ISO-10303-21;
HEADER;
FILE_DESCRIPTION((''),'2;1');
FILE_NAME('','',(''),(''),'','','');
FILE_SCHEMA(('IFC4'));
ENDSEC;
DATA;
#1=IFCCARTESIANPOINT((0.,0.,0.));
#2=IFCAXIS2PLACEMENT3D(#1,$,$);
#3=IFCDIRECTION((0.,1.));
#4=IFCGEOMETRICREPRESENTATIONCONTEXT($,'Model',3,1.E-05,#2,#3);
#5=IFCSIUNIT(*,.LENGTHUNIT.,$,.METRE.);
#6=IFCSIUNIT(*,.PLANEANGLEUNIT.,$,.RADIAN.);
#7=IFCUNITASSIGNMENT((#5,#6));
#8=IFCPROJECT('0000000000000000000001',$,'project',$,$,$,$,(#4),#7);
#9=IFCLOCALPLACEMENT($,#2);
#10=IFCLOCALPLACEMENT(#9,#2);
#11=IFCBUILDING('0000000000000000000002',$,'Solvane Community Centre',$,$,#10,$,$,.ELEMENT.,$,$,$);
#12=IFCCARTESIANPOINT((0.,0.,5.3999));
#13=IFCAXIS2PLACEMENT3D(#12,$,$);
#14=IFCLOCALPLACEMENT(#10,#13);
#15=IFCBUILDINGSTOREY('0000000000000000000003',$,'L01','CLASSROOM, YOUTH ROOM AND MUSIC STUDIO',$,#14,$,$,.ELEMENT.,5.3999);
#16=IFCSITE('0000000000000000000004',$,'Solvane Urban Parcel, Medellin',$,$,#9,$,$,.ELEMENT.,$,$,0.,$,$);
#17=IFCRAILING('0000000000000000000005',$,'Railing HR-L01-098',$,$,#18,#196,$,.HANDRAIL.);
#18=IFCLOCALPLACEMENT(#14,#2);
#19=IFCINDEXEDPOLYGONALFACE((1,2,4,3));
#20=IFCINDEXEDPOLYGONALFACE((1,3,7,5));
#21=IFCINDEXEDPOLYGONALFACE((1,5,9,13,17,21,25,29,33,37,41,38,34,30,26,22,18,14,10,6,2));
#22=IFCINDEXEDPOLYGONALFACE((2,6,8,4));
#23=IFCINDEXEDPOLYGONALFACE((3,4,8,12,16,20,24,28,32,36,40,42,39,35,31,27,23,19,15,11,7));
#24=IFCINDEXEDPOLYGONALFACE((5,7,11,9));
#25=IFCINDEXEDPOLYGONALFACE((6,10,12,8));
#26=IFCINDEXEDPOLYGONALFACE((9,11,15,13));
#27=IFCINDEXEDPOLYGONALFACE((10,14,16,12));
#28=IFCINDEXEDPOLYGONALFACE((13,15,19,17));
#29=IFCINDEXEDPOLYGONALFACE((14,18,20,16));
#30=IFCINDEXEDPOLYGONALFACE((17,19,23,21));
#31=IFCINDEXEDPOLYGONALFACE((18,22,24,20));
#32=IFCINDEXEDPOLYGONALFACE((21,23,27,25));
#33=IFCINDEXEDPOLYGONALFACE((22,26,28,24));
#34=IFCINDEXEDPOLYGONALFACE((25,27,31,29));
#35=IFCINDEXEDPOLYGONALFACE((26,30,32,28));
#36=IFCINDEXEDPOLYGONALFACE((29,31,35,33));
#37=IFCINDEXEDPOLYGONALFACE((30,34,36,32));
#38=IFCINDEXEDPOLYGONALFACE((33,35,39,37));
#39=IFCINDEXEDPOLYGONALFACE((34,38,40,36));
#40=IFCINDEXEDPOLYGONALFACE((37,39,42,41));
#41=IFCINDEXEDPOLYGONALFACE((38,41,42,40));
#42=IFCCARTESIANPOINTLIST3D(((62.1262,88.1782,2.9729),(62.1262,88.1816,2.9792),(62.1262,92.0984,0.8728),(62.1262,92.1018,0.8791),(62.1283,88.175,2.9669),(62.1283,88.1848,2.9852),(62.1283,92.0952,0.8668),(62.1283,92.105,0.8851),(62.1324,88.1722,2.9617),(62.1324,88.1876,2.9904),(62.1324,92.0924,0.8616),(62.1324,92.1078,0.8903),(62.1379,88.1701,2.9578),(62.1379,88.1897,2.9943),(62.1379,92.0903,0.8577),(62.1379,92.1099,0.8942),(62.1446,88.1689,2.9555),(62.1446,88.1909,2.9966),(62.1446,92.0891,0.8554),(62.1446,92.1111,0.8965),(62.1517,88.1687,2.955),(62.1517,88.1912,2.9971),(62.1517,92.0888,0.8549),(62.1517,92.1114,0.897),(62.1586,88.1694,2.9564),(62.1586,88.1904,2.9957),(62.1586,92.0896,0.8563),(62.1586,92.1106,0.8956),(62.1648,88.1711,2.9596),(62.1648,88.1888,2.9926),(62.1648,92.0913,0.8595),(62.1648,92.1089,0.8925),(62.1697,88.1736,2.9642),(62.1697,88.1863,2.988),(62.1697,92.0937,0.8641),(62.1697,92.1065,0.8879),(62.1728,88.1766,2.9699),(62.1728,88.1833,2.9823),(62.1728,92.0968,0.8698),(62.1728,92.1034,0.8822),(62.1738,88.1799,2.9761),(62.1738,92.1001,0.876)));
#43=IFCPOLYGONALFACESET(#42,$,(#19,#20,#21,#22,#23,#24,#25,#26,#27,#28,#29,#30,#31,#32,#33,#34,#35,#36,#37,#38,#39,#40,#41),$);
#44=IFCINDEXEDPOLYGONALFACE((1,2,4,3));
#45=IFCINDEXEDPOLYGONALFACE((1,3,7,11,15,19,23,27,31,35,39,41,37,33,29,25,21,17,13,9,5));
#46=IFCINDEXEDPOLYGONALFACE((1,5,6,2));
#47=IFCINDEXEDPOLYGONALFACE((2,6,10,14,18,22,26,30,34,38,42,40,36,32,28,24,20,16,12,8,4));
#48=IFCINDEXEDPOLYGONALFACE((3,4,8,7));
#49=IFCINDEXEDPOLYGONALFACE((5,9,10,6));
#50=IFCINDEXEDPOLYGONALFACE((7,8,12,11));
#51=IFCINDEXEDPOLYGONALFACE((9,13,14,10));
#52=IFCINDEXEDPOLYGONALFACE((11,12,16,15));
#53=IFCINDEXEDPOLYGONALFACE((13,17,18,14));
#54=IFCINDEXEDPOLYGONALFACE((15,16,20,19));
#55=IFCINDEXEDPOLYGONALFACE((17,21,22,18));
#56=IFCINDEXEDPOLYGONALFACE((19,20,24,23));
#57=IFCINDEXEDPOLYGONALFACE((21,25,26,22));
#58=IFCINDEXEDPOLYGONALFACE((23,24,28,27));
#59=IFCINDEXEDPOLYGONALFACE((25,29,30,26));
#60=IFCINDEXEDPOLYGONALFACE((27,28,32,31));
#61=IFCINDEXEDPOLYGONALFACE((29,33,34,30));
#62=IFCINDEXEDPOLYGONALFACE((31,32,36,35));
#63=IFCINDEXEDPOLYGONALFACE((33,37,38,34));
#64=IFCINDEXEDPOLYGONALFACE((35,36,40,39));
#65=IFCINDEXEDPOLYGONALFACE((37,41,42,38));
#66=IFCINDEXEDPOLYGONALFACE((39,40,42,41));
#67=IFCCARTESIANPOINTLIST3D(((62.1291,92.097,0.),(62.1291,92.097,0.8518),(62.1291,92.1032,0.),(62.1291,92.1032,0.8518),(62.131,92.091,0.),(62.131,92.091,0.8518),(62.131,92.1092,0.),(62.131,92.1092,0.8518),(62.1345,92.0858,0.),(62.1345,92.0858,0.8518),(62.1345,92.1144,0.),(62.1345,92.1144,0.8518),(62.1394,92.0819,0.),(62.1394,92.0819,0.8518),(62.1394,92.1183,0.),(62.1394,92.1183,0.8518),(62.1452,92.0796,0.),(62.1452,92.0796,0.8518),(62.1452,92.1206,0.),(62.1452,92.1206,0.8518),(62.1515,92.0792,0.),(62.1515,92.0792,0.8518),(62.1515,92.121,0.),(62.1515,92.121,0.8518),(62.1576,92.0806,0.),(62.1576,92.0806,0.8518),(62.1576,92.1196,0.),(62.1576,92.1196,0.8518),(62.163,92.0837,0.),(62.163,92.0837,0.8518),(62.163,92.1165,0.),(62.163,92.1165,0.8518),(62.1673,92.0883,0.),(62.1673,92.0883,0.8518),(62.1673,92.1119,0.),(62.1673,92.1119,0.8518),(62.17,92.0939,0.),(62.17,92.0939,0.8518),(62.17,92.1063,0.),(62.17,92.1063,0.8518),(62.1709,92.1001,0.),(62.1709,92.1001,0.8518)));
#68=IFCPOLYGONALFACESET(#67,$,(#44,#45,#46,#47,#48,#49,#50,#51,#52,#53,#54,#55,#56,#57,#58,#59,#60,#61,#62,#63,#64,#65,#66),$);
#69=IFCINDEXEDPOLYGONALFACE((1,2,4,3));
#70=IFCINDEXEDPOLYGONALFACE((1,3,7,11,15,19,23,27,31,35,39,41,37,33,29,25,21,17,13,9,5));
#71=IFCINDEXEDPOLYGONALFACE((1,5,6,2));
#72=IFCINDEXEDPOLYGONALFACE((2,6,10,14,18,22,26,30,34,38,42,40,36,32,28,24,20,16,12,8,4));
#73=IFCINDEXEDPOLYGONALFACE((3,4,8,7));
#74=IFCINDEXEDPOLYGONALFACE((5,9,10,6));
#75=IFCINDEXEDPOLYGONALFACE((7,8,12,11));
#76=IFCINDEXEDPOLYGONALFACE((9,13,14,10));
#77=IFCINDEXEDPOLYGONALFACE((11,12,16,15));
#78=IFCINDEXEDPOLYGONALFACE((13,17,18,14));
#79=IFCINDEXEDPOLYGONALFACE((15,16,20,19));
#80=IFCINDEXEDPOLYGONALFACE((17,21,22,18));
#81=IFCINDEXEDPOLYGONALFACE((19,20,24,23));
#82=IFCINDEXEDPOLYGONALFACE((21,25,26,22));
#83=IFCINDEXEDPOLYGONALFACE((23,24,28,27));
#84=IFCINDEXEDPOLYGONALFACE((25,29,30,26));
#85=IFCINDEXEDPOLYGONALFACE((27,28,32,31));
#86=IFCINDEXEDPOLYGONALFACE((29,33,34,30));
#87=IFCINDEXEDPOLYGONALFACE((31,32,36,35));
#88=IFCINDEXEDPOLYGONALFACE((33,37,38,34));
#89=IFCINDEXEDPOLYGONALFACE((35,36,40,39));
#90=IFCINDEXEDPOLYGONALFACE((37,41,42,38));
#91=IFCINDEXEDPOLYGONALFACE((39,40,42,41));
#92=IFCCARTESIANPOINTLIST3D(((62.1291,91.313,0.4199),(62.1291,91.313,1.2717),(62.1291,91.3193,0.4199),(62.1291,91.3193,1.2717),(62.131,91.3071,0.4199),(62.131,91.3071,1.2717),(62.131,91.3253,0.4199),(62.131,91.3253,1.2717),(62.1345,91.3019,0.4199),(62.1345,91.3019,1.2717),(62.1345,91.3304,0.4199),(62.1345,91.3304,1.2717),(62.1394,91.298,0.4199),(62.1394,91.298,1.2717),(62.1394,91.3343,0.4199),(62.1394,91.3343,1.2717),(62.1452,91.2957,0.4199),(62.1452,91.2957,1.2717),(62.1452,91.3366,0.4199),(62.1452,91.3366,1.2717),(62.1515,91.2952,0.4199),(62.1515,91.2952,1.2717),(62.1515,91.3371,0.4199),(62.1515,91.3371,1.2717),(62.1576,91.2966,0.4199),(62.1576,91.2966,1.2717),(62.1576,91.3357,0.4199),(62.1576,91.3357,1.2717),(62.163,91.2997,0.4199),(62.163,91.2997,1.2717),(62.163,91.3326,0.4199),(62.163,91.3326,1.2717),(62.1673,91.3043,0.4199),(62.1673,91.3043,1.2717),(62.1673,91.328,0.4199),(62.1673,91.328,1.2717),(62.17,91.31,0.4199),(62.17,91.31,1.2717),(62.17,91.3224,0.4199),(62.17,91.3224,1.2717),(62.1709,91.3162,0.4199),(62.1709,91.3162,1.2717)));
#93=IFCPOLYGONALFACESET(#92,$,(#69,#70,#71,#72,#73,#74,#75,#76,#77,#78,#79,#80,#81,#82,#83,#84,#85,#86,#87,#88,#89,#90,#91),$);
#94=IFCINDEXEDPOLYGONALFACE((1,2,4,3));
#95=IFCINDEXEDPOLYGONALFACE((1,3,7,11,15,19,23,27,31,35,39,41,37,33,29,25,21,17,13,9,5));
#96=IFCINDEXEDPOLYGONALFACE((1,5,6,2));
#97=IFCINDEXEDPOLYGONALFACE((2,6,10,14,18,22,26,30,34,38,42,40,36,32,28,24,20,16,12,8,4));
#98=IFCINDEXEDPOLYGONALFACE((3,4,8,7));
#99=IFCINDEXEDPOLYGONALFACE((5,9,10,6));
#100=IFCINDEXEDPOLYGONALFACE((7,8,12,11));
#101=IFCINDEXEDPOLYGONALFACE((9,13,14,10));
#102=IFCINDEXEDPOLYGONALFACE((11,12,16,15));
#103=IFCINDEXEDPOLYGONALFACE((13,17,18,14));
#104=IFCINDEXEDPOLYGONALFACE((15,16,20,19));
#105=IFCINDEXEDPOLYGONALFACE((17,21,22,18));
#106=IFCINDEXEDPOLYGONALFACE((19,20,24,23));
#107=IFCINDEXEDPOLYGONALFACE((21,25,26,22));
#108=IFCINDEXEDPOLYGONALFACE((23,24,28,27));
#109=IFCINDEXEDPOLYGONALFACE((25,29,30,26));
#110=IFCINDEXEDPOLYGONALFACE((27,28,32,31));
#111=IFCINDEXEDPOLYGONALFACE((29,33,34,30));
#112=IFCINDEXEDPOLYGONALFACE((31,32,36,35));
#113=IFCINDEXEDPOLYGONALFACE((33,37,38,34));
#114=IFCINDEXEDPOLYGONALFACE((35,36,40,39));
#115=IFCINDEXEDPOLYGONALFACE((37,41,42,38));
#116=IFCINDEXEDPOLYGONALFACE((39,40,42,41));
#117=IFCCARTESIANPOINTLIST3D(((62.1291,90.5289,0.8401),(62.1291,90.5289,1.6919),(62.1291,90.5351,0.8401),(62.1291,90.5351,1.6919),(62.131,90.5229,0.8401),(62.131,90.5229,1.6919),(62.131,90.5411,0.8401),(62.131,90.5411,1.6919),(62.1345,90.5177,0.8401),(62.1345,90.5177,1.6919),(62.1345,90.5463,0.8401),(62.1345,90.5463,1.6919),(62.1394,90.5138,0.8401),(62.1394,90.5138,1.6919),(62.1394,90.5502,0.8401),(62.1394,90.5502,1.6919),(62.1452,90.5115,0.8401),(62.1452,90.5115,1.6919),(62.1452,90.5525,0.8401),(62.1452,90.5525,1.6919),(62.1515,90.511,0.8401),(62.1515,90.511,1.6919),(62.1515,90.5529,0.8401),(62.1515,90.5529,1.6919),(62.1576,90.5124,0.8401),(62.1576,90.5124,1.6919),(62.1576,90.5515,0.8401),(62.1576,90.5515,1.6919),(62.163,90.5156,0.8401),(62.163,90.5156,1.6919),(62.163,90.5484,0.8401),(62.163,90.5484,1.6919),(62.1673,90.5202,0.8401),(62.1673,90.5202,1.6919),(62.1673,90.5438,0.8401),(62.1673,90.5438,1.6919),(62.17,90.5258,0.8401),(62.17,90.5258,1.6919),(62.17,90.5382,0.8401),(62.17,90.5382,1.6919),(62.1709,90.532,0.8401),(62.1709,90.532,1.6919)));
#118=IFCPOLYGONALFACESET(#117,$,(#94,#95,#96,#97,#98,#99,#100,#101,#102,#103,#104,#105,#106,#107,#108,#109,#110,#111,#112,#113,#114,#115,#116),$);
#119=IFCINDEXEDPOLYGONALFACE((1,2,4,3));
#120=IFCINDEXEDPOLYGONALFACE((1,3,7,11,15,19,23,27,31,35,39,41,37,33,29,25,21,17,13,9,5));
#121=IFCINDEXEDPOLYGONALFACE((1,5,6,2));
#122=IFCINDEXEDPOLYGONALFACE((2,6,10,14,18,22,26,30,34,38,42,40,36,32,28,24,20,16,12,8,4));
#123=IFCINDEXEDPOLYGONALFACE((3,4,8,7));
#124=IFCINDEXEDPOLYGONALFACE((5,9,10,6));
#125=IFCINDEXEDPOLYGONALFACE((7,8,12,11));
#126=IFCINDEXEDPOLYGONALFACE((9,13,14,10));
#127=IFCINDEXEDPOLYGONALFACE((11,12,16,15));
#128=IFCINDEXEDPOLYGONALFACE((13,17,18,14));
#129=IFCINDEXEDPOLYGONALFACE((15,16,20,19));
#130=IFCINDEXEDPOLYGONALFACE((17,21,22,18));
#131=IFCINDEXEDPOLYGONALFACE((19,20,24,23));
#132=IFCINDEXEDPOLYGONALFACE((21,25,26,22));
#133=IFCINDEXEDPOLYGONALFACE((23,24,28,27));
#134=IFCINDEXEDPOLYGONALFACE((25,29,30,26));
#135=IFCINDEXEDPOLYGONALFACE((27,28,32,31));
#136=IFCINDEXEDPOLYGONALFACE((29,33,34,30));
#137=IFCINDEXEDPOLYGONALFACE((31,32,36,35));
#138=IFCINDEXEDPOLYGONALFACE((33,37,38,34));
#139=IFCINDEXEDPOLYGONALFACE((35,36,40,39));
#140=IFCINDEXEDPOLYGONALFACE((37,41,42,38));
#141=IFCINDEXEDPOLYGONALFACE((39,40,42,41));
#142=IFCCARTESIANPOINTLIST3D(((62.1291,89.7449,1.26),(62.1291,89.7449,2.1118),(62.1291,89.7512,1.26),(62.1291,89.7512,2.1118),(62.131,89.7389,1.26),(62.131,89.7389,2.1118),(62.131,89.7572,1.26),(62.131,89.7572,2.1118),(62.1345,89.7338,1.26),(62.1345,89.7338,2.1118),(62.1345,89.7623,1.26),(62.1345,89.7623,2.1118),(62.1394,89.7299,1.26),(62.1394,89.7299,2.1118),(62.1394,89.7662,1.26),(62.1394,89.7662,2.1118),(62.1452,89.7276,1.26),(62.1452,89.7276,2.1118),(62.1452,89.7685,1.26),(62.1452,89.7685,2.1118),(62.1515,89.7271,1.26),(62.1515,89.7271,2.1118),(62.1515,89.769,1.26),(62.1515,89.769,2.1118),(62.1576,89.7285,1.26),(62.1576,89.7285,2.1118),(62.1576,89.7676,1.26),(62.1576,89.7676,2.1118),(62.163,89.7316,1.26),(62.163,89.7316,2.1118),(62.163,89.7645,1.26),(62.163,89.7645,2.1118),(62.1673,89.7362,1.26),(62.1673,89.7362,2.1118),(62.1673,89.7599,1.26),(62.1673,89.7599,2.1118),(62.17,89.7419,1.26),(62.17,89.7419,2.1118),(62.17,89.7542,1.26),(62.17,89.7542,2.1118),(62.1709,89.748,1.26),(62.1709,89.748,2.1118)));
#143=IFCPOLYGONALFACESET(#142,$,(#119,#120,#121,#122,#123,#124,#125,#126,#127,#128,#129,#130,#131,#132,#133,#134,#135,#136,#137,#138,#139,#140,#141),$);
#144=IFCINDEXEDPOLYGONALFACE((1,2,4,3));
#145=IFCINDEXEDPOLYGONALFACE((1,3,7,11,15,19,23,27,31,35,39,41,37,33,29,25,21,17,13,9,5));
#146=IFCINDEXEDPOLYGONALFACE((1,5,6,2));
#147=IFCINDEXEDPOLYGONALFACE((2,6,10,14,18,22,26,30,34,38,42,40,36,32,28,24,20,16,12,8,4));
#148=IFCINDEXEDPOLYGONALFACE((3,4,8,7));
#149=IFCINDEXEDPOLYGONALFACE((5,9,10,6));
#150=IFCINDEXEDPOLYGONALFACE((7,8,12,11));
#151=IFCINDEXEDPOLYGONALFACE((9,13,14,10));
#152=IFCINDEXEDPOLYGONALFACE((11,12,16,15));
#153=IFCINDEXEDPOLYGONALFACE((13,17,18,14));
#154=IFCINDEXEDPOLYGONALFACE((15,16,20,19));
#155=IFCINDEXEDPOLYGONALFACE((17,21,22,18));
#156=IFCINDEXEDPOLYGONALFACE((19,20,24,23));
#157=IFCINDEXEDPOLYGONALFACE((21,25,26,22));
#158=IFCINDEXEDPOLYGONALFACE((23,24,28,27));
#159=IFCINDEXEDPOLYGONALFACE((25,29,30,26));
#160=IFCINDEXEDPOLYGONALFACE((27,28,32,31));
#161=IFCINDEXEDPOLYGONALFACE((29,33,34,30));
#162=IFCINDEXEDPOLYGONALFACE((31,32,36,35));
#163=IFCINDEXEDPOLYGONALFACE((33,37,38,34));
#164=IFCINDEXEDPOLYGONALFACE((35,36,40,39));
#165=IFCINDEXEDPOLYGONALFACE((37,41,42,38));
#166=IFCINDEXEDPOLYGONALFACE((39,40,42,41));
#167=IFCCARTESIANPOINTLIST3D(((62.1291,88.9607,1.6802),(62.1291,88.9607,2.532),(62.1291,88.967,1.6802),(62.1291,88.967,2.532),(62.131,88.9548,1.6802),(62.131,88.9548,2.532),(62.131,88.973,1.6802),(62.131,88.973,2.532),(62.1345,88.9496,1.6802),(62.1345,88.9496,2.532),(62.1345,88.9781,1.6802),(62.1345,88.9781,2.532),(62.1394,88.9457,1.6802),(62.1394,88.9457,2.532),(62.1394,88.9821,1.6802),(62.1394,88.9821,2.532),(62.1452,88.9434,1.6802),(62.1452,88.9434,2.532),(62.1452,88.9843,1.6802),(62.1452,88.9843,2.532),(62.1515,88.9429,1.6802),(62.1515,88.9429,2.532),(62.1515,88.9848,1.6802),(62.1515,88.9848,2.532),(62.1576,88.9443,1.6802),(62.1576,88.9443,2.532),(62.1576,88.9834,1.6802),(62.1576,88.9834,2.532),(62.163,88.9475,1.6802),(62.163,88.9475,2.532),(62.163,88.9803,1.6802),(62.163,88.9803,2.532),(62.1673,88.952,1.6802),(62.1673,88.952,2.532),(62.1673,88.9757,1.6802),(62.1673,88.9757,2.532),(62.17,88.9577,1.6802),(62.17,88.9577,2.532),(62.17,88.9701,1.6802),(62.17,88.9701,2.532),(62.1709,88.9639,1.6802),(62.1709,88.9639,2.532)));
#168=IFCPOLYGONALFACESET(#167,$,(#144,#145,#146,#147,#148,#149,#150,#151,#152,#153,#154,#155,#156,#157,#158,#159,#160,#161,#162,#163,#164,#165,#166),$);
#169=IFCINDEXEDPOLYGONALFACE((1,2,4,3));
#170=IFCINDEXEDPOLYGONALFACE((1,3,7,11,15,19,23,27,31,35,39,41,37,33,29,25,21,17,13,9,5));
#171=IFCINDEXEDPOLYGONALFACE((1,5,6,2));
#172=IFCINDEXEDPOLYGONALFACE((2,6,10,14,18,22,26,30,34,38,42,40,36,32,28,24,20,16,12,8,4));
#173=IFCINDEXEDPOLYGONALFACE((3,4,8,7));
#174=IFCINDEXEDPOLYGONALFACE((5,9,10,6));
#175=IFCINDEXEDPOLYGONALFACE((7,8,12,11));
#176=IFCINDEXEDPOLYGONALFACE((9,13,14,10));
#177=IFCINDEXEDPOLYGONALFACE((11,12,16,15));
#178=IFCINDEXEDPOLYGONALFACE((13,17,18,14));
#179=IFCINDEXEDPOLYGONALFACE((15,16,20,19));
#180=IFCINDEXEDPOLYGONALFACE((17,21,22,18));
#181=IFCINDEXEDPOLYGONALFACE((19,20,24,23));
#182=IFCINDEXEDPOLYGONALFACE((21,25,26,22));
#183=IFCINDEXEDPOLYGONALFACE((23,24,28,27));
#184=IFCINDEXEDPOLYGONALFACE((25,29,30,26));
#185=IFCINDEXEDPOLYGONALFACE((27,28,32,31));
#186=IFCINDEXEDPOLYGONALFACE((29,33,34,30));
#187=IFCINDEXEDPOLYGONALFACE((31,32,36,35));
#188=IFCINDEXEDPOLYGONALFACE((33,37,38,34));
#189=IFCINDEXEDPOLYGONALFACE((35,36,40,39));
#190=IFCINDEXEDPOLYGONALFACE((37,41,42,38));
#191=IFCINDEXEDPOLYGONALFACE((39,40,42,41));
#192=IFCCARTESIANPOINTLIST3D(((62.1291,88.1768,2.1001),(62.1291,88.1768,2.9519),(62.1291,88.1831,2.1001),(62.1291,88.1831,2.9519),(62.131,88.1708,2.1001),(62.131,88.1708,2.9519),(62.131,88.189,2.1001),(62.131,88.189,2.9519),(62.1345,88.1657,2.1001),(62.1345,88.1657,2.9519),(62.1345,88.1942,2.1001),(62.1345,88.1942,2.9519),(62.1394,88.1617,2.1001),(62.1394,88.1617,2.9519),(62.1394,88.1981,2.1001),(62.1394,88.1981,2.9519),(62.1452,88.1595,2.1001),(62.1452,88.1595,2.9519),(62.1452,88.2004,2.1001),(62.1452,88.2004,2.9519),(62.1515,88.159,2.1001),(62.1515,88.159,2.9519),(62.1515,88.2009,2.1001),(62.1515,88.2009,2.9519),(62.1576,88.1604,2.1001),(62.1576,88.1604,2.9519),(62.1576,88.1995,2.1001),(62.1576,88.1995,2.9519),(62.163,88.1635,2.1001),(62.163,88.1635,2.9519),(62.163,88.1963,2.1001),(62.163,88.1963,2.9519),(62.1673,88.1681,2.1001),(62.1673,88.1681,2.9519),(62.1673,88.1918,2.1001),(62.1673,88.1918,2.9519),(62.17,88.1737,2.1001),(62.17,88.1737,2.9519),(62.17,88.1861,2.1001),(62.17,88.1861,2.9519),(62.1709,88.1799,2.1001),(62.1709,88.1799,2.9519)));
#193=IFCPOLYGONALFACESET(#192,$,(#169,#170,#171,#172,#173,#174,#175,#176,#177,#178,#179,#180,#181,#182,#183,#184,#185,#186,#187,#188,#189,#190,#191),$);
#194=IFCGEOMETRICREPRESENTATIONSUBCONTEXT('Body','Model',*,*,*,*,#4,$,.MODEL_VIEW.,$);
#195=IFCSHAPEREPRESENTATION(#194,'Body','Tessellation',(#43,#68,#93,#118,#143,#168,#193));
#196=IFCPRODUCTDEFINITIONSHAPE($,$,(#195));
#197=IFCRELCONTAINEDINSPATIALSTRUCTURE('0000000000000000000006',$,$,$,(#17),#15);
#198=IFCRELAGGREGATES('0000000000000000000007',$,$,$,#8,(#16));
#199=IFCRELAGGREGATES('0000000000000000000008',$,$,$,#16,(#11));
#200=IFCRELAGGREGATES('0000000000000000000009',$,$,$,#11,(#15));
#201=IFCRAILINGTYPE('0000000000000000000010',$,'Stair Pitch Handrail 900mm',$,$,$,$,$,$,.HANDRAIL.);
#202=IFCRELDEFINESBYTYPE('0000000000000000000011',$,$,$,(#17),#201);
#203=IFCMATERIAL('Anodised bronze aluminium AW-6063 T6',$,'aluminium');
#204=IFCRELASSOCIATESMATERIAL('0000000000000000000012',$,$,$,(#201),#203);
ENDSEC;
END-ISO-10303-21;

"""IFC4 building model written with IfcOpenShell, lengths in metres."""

from ifc_helpers import new_model, si_unit, direction, frame, origin, origin_2d, place, context, subcontext, project, spatial, circle, extrude, material, type_object, element, save


model = new_model("IFC4")

# Units and contexts
model_context = context("Model", 3, precision=1e-05, world=origin(), true_north=direction((0.0, 1.0)))
body_context = subcontext(model_context, "Body", "Model", "MODEL_VIEW")
ifc_project = project(units=[si_unit("LENGTHUNIT", "METRE"), si_unit("PLANEANGLEUNIT", "RADIAN")], contexts=[model_context])

# Site, building, storey
site_placement = place(None, origin())
site = spatial("IfcSite", under=ifc_project, at=site_placement, Name="Solvane Urban Parcel, Medellin", CompositionType="ELEMENT", RefElevation=0.0)
building_placement = place(site_placement, origin())
building = spatial("IfcBuilding", under=site, at=building_placement, Name="Solvane Community Centre", CompositionType="ELEMENT")
storey_placement = place(building_placement, frame((0.0, 0.0, 5.3999)))
storey = spatial("IfcBuildingStorey", under=building, at=storey_placement, Name="L01", Description="CLASSROOM, YOUTH ROOM AND MUSIC STUDIO", CompositionType="ELEMENT", Elevation=5.3999)

# Shared definitions
ifc_material_1 = material(Name="Anodised bronze aluminium AW-6063 T6", Category="aluminium")

# Railing
railing_type_1 = type_object("IfcRailingType", Name="Stair Pitch Handrail 900mm", PredefinedType="HANDRAIL", material=ifc_material_1)
railing_1_placement = place(storey_placement, frame((62.1499, 92.1001, 0.0)))
element("IfcRailing", 1, at=railing_1_placement, inside=storey, type_object=railing_type_1, Name="Railing HR-L01-098", PredefinedType="HANDRAIL", context=body_context, shape_type="SweptSolid", body=[
    extrude(circle(Radius=0.0239, at=origin_2d()), frame((0.0, 0.0, 0.876), z_axis=(0.0, -0.881479, 0.472223), x_axis=(1.0, 0.0, 0.0)), (0.0, 0.0, 1.0), 4.4473),
    extrude(circle(Radius=0.021, at=origin_2d()), origin(), (0.0, 0.0, 1.0), 0.8518),
    extrude(circle(Radius=0.021, at=origin_2d()), frame((0.0, -0.7839, 0.4199)), (0.0, 0.0, 1.0), 0.8518),
    extrude(circle(Radius=0.021, at=origin_2d()), frame((0.0, -1.5681, 0.8401)), (0.0, 0.0, 1.0), 0.8518),
    extrude(circle(Radius=0.021, at=origin_2d()), frame((0.0, -2.3521, 1.26)), (0.0, 0.0, 1.0), 0.8518),
    extrude(circle(Radius=0.021, at=origin_2d()), frame((0.0, -3.1362, 1.6802)), (0.0, 0.0, 1.0), 0.8518),
    extrude(circle(Radius=0.021, at=origin_2d()), frame((0.0, -3.9202, 2.1001)), (0.0, 0.0, 1.0), 0.8518),
])

save(model, "model.ifc")
